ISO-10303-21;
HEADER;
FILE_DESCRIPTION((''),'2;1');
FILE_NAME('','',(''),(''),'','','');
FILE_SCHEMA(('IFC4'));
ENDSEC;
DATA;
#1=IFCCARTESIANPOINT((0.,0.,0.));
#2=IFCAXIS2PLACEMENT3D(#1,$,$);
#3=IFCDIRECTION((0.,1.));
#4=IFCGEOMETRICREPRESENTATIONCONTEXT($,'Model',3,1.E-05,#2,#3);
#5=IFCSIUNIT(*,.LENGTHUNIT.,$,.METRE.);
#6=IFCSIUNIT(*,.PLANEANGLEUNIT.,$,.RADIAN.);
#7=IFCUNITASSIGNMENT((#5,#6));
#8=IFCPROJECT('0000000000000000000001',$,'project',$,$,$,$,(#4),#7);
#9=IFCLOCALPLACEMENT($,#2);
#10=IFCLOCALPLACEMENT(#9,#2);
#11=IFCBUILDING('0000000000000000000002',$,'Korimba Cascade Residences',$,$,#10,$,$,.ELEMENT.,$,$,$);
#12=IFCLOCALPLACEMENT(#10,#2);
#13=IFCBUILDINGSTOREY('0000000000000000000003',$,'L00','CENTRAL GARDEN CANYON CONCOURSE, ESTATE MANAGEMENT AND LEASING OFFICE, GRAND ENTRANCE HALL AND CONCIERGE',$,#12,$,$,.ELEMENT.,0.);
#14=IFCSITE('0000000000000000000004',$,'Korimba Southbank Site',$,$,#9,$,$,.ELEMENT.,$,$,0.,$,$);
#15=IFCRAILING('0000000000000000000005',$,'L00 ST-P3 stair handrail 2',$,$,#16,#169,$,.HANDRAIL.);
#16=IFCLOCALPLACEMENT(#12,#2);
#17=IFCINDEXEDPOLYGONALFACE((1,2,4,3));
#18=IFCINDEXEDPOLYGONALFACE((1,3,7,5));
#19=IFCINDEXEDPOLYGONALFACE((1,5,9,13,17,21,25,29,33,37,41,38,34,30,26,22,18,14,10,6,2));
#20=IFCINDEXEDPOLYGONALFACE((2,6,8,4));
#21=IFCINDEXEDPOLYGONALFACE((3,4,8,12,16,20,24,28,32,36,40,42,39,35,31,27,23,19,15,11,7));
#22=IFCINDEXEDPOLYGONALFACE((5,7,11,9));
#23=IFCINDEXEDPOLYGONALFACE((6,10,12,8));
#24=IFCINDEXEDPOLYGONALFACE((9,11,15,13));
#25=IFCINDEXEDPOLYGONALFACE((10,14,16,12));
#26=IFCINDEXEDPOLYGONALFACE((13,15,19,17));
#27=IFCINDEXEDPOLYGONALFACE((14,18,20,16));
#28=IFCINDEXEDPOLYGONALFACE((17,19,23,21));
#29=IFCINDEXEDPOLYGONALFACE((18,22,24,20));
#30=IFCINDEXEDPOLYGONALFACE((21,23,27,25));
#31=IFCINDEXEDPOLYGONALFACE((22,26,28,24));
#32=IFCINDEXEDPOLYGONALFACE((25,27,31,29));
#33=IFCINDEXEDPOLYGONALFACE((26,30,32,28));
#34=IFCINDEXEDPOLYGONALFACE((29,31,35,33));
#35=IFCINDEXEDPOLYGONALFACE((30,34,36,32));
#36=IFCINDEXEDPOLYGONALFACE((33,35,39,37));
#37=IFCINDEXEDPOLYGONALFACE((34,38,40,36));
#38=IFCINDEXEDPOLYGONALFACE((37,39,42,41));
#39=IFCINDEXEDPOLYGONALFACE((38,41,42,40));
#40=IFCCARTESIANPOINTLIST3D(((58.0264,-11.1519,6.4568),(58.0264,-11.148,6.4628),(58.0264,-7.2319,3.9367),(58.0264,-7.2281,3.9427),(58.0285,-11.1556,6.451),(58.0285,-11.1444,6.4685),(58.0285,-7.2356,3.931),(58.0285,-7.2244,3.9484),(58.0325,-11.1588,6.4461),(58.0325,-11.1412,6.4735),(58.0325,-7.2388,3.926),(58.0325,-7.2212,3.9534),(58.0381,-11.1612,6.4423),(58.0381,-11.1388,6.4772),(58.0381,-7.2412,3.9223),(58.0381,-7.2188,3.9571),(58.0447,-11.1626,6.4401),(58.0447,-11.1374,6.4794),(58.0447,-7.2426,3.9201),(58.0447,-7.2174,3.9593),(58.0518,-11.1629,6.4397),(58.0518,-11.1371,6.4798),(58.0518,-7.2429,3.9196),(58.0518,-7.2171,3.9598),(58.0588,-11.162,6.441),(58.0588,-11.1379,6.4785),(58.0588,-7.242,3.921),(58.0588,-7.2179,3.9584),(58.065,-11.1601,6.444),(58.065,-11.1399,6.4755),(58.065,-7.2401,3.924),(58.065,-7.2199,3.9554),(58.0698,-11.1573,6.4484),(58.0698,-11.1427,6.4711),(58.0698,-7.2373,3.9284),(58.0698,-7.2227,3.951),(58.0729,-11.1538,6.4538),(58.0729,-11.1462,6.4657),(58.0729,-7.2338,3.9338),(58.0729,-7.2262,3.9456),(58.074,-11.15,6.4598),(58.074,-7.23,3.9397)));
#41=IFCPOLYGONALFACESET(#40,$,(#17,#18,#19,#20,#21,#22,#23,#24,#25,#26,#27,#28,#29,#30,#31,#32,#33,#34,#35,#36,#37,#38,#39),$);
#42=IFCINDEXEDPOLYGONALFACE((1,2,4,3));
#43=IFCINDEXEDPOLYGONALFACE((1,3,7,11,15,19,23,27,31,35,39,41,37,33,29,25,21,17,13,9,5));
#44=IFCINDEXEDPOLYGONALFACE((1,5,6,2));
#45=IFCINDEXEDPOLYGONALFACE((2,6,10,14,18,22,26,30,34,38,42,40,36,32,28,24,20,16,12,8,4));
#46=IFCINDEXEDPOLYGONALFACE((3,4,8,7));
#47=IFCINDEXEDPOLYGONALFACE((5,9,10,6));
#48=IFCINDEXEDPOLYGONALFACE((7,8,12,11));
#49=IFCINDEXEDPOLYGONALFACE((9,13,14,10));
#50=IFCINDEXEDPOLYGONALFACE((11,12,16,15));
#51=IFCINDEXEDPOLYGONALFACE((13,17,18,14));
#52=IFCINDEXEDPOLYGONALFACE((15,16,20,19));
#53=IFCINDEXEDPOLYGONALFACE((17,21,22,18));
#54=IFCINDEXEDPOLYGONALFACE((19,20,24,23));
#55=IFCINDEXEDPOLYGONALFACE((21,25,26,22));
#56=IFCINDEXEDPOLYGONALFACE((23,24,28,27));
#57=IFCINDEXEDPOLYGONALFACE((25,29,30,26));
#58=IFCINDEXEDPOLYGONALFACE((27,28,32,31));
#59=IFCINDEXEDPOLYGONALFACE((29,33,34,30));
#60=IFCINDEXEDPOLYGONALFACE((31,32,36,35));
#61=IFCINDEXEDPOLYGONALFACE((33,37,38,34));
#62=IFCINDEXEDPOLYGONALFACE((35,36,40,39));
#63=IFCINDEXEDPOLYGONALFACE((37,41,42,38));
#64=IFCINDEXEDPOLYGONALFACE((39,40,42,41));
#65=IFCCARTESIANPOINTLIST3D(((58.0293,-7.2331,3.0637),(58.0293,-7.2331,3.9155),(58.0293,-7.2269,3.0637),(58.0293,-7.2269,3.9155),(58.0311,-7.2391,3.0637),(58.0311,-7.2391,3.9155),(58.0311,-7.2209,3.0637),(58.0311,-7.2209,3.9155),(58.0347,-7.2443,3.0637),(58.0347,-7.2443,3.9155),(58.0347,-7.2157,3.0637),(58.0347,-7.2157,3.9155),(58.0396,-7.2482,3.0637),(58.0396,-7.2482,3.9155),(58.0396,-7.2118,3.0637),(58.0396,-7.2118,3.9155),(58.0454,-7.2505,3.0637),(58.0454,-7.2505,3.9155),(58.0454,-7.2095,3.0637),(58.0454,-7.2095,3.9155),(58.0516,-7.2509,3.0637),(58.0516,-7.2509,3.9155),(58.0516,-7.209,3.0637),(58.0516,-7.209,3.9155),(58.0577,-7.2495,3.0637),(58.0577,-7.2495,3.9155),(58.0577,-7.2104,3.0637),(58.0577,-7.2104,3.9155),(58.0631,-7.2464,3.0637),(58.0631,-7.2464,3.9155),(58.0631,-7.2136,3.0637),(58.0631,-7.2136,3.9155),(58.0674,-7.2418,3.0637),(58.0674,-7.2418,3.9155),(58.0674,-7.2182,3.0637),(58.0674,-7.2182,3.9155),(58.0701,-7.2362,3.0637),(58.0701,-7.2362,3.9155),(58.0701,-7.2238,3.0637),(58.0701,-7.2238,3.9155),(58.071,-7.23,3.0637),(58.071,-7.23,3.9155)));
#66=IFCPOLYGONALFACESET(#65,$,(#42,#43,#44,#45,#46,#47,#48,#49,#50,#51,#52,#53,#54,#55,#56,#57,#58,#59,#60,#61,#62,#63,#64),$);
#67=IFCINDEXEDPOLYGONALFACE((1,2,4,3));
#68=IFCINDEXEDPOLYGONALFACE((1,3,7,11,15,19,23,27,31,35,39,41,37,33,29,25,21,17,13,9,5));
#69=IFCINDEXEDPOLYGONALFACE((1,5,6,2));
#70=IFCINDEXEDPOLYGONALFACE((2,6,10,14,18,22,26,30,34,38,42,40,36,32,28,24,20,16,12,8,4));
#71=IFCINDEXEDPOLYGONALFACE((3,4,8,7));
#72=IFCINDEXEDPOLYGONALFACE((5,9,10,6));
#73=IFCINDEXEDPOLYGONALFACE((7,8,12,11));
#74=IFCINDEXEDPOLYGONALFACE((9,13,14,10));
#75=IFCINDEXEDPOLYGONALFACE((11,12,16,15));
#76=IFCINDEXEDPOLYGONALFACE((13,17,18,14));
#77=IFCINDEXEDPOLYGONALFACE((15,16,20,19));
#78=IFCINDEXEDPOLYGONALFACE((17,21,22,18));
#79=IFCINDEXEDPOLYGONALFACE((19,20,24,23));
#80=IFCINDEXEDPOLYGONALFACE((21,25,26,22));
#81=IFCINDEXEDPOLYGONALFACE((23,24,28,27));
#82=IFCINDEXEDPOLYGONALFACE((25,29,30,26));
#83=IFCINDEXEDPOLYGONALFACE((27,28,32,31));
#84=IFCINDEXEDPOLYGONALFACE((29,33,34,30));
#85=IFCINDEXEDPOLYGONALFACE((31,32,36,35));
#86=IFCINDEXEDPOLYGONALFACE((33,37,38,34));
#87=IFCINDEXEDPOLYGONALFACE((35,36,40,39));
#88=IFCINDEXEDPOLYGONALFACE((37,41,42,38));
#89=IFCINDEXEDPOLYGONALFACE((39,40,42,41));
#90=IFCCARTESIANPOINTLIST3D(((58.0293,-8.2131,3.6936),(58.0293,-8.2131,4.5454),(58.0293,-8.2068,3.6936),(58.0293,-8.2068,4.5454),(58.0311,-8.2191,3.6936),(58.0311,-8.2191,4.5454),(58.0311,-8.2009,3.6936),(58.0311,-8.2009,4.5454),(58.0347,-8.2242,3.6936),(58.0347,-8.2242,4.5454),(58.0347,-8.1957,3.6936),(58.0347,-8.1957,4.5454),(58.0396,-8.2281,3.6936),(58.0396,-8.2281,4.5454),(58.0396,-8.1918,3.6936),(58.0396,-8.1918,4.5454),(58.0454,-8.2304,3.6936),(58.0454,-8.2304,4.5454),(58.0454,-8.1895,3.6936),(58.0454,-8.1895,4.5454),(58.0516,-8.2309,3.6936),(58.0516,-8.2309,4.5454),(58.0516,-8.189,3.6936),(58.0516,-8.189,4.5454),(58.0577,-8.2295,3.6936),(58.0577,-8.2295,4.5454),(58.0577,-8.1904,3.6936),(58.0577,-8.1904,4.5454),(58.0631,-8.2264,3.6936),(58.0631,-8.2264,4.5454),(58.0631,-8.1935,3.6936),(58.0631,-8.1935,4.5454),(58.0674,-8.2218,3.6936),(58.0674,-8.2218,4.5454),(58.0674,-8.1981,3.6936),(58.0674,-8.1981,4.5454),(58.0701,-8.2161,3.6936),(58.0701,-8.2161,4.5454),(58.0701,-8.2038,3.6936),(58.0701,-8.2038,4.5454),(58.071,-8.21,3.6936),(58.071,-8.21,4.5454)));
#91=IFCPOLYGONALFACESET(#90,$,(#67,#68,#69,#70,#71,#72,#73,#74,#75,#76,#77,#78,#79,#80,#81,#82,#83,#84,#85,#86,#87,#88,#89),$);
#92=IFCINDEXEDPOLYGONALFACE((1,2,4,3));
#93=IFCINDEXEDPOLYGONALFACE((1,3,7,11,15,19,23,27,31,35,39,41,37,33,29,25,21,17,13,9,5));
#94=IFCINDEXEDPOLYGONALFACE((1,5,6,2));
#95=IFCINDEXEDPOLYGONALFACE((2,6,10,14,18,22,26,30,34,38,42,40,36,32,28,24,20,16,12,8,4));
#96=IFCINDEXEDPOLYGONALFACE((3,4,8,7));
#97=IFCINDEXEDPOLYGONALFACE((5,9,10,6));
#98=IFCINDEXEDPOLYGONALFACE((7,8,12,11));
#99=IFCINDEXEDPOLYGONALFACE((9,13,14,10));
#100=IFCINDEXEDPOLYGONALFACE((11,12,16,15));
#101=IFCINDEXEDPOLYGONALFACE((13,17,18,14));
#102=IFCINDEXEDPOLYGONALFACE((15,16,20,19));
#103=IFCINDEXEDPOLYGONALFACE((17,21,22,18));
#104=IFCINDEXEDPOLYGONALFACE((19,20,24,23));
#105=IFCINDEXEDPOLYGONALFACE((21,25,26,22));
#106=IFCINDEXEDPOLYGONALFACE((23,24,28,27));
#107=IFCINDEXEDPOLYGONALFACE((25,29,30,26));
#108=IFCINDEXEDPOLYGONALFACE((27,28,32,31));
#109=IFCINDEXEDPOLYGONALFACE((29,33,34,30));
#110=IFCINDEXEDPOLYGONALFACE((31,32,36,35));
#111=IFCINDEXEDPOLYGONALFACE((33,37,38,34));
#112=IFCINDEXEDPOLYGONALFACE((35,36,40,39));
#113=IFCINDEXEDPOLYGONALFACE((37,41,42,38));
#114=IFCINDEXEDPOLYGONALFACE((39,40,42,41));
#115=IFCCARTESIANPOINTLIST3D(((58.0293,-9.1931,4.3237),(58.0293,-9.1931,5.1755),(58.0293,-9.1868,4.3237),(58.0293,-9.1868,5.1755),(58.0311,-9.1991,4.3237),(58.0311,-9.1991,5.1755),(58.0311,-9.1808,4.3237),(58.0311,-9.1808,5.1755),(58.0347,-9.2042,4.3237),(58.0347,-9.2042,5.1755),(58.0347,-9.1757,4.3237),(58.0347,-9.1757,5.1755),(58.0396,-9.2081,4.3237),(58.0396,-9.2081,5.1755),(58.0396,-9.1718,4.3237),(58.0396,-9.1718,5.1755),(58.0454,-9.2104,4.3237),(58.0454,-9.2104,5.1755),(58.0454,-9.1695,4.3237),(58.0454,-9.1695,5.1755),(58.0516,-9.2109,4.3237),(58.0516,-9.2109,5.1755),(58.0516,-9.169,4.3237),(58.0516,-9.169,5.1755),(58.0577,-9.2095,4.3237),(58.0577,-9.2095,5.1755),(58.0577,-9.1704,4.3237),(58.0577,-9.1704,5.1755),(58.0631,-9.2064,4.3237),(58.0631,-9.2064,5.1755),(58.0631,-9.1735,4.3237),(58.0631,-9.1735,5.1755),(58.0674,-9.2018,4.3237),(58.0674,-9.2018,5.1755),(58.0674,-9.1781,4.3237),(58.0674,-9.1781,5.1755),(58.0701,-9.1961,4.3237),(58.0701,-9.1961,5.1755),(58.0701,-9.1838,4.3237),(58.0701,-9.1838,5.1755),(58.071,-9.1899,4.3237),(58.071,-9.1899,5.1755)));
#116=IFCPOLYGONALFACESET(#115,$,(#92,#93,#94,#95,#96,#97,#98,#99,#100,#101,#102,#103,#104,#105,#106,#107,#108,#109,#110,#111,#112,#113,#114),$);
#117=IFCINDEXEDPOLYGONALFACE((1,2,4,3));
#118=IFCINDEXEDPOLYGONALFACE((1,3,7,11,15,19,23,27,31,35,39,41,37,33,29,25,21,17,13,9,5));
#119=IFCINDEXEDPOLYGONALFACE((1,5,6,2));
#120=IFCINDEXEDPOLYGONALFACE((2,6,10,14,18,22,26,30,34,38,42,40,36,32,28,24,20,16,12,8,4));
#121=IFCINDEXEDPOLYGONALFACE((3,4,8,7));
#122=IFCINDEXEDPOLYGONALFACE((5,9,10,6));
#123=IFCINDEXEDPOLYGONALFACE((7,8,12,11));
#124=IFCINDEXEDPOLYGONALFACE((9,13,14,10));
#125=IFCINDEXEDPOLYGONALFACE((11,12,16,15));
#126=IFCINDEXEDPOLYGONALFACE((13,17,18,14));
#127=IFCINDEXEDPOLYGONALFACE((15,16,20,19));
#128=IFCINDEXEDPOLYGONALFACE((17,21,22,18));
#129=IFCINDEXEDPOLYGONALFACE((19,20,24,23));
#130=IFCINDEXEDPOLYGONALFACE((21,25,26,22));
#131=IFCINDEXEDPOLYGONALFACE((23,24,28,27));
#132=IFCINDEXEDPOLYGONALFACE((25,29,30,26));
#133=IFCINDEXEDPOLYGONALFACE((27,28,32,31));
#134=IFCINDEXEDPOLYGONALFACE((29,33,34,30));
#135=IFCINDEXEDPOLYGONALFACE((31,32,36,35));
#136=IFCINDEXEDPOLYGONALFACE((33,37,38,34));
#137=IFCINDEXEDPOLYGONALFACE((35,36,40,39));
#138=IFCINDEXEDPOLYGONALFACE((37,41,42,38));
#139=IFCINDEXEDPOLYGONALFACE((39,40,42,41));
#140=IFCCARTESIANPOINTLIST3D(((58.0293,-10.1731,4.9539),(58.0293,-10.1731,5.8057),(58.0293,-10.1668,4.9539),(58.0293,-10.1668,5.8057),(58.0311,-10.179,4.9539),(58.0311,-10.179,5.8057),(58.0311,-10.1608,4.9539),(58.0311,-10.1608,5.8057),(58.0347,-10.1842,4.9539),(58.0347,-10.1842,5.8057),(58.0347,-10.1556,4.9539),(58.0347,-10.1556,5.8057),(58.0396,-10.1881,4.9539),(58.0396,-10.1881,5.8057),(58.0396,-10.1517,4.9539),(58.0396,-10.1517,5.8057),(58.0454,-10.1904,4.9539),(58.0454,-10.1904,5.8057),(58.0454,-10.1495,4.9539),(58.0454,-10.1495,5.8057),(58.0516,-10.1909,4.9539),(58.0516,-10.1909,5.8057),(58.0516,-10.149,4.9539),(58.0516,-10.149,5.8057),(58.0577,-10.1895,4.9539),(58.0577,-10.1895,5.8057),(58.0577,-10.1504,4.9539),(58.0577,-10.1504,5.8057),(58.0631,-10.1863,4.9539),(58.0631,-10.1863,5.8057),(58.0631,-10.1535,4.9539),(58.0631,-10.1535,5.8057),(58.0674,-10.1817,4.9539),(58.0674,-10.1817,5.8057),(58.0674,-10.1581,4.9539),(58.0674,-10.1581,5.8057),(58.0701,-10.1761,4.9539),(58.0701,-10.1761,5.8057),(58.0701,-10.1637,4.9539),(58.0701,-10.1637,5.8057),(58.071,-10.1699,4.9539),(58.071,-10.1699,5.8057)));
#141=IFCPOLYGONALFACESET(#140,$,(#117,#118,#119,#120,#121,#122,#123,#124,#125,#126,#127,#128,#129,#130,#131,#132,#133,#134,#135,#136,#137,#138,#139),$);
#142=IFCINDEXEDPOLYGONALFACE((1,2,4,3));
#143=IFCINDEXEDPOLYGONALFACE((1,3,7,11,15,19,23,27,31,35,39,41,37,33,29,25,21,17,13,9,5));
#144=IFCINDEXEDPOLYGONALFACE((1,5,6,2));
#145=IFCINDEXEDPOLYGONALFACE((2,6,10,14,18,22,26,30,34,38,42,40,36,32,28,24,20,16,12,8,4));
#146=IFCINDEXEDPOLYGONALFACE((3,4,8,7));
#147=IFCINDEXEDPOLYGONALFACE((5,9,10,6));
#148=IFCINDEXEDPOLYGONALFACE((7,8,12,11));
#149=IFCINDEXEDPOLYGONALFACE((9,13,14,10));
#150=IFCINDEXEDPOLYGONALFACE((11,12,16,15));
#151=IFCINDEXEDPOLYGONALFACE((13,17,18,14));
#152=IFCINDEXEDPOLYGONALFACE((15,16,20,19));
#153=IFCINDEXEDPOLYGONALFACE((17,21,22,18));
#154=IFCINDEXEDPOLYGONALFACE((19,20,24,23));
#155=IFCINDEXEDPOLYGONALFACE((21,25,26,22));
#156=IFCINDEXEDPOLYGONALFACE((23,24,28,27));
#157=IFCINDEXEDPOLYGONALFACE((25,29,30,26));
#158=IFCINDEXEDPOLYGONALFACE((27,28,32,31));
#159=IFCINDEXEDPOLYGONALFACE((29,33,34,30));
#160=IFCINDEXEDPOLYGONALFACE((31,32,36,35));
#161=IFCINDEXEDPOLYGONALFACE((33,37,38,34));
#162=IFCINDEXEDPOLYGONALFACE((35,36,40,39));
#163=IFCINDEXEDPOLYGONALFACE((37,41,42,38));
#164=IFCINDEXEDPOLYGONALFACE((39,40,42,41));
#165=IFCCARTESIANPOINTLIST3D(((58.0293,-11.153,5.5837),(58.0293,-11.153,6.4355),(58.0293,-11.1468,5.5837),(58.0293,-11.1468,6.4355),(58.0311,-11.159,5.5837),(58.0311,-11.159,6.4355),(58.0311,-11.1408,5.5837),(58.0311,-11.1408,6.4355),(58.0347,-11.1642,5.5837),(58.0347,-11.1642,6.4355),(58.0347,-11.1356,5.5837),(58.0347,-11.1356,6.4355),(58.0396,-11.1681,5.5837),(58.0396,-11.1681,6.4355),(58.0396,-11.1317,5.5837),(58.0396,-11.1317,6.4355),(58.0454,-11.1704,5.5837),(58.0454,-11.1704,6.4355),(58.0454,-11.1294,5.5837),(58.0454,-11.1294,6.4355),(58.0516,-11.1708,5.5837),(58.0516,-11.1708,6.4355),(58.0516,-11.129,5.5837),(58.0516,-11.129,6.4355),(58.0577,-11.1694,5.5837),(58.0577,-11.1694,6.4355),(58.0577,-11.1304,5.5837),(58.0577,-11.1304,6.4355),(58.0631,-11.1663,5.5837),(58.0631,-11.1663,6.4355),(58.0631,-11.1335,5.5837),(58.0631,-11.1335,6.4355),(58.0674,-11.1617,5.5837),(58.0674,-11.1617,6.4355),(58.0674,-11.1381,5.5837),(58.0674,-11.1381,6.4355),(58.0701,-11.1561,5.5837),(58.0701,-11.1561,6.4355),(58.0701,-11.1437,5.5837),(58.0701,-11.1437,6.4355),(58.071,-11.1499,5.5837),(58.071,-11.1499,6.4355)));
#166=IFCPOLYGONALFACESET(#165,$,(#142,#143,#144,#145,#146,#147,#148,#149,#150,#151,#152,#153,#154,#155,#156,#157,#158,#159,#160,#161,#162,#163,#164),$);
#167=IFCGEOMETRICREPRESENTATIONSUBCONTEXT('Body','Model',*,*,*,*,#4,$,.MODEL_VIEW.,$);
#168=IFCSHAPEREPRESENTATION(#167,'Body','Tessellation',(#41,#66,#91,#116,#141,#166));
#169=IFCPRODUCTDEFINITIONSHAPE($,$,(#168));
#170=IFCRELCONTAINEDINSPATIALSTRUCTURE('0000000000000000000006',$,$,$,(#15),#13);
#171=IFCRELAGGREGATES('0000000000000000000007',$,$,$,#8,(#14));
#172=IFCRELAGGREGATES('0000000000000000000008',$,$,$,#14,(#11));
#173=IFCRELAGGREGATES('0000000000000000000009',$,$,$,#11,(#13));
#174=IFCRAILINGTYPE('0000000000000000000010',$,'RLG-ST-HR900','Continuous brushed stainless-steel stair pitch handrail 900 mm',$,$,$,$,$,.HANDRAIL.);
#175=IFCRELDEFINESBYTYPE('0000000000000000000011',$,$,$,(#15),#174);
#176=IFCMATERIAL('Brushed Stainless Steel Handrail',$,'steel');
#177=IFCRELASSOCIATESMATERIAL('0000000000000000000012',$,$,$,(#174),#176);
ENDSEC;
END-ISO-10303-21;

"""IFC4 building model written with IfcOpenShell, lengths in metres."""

from ifc_helpers import new_model, si_unit, direction, frame, origin, origin_2d, place, context, subcontext, project, spatial, circle, extrude, material, type_object, element, save


model = new_model("IFC4")

# Units and contexts
model_context = context("Model", 3, precision=1e-05, world=origin(), true_north=direction((0.0, 1.0)))
body_context = subcontext(model_context, "Body", "Model", "MODEL_VIEW")
ifc_project = project(units=[si_unit("LENGTHUNIT", "METRE"), si_unit("PLANEANGLEUNIT", "RADIAN")], contexts=[model_context])

# Site, building, storey
site_placement = place(None, origin())
site = spatial("IfcSite", under=ifc_project, at=site_placement, Name="Korimba Southbank Site", CompositionType="ELEMENT", RefElevation=0.0)
building_placement = place(site_placement, origin())
building = spatial("IfcBuilding", under=site, at=building_placement, Name="Korimba Cascade Residences", CompositionType="ELEMENT")
storey_placement = place(building_placement, origin())
storey = spatial("IfcBuildingStorey", under=building, at=storey_placement, Name="L00", Description="CENTRAL GARDEN CANYON CONCOURSE, ESTATE MANAGEMENT AND LEASING OFFICE, GRAND ENTRANCE HALL AND CONCIERGE", CompositionType="ELEMENT", Elevation=0.0)

# Railing
ifc_material_1 = material(Name="Brushed Stainless Steel Handrail", Category="steel")
railing_type_1 = type_object("IfcRailingType", Name="RLG-ST-HR900", Description="Continuous brushed stainless-steel stair pitch handrail 900 mm", PredefinedType="HANDRAIL", material=ifc_material_1)
railing_1_placement = place(storey_placement, frame((58.05, -7.23, 3.0637)))
element("IfcRailing", 1, at=railing_1_placement, inside=storey, type_object=railing_type_1, Name="L00 ST-P3 stair handrail 2", PredefinedType="HANDRAIL", context=body_context, shape_type="SweptSolid", body=[
    extrude(circle(Radius=0.0239, at=origin_2d()), frame((0.0, 0.0, 0.876), z_axis=(0.0, -0.841172, 0.540768), x_axis=(1.0, 0.0, 0.0)), (0.0, 0.0, 1.0), 4.6602),
    extrude(circle(Radius=0.021, at=origin_2d()), origin(), (0.0, 0.0, 1.0), 0.8518),
    extrude(circle(Radius=0.021, at=origin_2d()), frame((0.0, -0.98, 0.6299)), (0.0, 0.0, 1.0), 0.8518),
    extrude(circle(Radius=0.021, at=origin_2d()), frame((0.0, -1.96, 1.26)), (0.0, 0.0, 1.0), 0.8518),
    extrude(circle(Radius=0.021, at=origin_2d()), frame((0.0, -2.9399, 1.8901)), (0.0, 0.0, 1.0), 0.8518),
    extrude(circle(Radius=0.021, at=origin_2d()), frame((0.0, -3.9199, 2.52)), (0.0, 0.0, 1.0), 0.8518),
])

save(model, "model.ifc")
